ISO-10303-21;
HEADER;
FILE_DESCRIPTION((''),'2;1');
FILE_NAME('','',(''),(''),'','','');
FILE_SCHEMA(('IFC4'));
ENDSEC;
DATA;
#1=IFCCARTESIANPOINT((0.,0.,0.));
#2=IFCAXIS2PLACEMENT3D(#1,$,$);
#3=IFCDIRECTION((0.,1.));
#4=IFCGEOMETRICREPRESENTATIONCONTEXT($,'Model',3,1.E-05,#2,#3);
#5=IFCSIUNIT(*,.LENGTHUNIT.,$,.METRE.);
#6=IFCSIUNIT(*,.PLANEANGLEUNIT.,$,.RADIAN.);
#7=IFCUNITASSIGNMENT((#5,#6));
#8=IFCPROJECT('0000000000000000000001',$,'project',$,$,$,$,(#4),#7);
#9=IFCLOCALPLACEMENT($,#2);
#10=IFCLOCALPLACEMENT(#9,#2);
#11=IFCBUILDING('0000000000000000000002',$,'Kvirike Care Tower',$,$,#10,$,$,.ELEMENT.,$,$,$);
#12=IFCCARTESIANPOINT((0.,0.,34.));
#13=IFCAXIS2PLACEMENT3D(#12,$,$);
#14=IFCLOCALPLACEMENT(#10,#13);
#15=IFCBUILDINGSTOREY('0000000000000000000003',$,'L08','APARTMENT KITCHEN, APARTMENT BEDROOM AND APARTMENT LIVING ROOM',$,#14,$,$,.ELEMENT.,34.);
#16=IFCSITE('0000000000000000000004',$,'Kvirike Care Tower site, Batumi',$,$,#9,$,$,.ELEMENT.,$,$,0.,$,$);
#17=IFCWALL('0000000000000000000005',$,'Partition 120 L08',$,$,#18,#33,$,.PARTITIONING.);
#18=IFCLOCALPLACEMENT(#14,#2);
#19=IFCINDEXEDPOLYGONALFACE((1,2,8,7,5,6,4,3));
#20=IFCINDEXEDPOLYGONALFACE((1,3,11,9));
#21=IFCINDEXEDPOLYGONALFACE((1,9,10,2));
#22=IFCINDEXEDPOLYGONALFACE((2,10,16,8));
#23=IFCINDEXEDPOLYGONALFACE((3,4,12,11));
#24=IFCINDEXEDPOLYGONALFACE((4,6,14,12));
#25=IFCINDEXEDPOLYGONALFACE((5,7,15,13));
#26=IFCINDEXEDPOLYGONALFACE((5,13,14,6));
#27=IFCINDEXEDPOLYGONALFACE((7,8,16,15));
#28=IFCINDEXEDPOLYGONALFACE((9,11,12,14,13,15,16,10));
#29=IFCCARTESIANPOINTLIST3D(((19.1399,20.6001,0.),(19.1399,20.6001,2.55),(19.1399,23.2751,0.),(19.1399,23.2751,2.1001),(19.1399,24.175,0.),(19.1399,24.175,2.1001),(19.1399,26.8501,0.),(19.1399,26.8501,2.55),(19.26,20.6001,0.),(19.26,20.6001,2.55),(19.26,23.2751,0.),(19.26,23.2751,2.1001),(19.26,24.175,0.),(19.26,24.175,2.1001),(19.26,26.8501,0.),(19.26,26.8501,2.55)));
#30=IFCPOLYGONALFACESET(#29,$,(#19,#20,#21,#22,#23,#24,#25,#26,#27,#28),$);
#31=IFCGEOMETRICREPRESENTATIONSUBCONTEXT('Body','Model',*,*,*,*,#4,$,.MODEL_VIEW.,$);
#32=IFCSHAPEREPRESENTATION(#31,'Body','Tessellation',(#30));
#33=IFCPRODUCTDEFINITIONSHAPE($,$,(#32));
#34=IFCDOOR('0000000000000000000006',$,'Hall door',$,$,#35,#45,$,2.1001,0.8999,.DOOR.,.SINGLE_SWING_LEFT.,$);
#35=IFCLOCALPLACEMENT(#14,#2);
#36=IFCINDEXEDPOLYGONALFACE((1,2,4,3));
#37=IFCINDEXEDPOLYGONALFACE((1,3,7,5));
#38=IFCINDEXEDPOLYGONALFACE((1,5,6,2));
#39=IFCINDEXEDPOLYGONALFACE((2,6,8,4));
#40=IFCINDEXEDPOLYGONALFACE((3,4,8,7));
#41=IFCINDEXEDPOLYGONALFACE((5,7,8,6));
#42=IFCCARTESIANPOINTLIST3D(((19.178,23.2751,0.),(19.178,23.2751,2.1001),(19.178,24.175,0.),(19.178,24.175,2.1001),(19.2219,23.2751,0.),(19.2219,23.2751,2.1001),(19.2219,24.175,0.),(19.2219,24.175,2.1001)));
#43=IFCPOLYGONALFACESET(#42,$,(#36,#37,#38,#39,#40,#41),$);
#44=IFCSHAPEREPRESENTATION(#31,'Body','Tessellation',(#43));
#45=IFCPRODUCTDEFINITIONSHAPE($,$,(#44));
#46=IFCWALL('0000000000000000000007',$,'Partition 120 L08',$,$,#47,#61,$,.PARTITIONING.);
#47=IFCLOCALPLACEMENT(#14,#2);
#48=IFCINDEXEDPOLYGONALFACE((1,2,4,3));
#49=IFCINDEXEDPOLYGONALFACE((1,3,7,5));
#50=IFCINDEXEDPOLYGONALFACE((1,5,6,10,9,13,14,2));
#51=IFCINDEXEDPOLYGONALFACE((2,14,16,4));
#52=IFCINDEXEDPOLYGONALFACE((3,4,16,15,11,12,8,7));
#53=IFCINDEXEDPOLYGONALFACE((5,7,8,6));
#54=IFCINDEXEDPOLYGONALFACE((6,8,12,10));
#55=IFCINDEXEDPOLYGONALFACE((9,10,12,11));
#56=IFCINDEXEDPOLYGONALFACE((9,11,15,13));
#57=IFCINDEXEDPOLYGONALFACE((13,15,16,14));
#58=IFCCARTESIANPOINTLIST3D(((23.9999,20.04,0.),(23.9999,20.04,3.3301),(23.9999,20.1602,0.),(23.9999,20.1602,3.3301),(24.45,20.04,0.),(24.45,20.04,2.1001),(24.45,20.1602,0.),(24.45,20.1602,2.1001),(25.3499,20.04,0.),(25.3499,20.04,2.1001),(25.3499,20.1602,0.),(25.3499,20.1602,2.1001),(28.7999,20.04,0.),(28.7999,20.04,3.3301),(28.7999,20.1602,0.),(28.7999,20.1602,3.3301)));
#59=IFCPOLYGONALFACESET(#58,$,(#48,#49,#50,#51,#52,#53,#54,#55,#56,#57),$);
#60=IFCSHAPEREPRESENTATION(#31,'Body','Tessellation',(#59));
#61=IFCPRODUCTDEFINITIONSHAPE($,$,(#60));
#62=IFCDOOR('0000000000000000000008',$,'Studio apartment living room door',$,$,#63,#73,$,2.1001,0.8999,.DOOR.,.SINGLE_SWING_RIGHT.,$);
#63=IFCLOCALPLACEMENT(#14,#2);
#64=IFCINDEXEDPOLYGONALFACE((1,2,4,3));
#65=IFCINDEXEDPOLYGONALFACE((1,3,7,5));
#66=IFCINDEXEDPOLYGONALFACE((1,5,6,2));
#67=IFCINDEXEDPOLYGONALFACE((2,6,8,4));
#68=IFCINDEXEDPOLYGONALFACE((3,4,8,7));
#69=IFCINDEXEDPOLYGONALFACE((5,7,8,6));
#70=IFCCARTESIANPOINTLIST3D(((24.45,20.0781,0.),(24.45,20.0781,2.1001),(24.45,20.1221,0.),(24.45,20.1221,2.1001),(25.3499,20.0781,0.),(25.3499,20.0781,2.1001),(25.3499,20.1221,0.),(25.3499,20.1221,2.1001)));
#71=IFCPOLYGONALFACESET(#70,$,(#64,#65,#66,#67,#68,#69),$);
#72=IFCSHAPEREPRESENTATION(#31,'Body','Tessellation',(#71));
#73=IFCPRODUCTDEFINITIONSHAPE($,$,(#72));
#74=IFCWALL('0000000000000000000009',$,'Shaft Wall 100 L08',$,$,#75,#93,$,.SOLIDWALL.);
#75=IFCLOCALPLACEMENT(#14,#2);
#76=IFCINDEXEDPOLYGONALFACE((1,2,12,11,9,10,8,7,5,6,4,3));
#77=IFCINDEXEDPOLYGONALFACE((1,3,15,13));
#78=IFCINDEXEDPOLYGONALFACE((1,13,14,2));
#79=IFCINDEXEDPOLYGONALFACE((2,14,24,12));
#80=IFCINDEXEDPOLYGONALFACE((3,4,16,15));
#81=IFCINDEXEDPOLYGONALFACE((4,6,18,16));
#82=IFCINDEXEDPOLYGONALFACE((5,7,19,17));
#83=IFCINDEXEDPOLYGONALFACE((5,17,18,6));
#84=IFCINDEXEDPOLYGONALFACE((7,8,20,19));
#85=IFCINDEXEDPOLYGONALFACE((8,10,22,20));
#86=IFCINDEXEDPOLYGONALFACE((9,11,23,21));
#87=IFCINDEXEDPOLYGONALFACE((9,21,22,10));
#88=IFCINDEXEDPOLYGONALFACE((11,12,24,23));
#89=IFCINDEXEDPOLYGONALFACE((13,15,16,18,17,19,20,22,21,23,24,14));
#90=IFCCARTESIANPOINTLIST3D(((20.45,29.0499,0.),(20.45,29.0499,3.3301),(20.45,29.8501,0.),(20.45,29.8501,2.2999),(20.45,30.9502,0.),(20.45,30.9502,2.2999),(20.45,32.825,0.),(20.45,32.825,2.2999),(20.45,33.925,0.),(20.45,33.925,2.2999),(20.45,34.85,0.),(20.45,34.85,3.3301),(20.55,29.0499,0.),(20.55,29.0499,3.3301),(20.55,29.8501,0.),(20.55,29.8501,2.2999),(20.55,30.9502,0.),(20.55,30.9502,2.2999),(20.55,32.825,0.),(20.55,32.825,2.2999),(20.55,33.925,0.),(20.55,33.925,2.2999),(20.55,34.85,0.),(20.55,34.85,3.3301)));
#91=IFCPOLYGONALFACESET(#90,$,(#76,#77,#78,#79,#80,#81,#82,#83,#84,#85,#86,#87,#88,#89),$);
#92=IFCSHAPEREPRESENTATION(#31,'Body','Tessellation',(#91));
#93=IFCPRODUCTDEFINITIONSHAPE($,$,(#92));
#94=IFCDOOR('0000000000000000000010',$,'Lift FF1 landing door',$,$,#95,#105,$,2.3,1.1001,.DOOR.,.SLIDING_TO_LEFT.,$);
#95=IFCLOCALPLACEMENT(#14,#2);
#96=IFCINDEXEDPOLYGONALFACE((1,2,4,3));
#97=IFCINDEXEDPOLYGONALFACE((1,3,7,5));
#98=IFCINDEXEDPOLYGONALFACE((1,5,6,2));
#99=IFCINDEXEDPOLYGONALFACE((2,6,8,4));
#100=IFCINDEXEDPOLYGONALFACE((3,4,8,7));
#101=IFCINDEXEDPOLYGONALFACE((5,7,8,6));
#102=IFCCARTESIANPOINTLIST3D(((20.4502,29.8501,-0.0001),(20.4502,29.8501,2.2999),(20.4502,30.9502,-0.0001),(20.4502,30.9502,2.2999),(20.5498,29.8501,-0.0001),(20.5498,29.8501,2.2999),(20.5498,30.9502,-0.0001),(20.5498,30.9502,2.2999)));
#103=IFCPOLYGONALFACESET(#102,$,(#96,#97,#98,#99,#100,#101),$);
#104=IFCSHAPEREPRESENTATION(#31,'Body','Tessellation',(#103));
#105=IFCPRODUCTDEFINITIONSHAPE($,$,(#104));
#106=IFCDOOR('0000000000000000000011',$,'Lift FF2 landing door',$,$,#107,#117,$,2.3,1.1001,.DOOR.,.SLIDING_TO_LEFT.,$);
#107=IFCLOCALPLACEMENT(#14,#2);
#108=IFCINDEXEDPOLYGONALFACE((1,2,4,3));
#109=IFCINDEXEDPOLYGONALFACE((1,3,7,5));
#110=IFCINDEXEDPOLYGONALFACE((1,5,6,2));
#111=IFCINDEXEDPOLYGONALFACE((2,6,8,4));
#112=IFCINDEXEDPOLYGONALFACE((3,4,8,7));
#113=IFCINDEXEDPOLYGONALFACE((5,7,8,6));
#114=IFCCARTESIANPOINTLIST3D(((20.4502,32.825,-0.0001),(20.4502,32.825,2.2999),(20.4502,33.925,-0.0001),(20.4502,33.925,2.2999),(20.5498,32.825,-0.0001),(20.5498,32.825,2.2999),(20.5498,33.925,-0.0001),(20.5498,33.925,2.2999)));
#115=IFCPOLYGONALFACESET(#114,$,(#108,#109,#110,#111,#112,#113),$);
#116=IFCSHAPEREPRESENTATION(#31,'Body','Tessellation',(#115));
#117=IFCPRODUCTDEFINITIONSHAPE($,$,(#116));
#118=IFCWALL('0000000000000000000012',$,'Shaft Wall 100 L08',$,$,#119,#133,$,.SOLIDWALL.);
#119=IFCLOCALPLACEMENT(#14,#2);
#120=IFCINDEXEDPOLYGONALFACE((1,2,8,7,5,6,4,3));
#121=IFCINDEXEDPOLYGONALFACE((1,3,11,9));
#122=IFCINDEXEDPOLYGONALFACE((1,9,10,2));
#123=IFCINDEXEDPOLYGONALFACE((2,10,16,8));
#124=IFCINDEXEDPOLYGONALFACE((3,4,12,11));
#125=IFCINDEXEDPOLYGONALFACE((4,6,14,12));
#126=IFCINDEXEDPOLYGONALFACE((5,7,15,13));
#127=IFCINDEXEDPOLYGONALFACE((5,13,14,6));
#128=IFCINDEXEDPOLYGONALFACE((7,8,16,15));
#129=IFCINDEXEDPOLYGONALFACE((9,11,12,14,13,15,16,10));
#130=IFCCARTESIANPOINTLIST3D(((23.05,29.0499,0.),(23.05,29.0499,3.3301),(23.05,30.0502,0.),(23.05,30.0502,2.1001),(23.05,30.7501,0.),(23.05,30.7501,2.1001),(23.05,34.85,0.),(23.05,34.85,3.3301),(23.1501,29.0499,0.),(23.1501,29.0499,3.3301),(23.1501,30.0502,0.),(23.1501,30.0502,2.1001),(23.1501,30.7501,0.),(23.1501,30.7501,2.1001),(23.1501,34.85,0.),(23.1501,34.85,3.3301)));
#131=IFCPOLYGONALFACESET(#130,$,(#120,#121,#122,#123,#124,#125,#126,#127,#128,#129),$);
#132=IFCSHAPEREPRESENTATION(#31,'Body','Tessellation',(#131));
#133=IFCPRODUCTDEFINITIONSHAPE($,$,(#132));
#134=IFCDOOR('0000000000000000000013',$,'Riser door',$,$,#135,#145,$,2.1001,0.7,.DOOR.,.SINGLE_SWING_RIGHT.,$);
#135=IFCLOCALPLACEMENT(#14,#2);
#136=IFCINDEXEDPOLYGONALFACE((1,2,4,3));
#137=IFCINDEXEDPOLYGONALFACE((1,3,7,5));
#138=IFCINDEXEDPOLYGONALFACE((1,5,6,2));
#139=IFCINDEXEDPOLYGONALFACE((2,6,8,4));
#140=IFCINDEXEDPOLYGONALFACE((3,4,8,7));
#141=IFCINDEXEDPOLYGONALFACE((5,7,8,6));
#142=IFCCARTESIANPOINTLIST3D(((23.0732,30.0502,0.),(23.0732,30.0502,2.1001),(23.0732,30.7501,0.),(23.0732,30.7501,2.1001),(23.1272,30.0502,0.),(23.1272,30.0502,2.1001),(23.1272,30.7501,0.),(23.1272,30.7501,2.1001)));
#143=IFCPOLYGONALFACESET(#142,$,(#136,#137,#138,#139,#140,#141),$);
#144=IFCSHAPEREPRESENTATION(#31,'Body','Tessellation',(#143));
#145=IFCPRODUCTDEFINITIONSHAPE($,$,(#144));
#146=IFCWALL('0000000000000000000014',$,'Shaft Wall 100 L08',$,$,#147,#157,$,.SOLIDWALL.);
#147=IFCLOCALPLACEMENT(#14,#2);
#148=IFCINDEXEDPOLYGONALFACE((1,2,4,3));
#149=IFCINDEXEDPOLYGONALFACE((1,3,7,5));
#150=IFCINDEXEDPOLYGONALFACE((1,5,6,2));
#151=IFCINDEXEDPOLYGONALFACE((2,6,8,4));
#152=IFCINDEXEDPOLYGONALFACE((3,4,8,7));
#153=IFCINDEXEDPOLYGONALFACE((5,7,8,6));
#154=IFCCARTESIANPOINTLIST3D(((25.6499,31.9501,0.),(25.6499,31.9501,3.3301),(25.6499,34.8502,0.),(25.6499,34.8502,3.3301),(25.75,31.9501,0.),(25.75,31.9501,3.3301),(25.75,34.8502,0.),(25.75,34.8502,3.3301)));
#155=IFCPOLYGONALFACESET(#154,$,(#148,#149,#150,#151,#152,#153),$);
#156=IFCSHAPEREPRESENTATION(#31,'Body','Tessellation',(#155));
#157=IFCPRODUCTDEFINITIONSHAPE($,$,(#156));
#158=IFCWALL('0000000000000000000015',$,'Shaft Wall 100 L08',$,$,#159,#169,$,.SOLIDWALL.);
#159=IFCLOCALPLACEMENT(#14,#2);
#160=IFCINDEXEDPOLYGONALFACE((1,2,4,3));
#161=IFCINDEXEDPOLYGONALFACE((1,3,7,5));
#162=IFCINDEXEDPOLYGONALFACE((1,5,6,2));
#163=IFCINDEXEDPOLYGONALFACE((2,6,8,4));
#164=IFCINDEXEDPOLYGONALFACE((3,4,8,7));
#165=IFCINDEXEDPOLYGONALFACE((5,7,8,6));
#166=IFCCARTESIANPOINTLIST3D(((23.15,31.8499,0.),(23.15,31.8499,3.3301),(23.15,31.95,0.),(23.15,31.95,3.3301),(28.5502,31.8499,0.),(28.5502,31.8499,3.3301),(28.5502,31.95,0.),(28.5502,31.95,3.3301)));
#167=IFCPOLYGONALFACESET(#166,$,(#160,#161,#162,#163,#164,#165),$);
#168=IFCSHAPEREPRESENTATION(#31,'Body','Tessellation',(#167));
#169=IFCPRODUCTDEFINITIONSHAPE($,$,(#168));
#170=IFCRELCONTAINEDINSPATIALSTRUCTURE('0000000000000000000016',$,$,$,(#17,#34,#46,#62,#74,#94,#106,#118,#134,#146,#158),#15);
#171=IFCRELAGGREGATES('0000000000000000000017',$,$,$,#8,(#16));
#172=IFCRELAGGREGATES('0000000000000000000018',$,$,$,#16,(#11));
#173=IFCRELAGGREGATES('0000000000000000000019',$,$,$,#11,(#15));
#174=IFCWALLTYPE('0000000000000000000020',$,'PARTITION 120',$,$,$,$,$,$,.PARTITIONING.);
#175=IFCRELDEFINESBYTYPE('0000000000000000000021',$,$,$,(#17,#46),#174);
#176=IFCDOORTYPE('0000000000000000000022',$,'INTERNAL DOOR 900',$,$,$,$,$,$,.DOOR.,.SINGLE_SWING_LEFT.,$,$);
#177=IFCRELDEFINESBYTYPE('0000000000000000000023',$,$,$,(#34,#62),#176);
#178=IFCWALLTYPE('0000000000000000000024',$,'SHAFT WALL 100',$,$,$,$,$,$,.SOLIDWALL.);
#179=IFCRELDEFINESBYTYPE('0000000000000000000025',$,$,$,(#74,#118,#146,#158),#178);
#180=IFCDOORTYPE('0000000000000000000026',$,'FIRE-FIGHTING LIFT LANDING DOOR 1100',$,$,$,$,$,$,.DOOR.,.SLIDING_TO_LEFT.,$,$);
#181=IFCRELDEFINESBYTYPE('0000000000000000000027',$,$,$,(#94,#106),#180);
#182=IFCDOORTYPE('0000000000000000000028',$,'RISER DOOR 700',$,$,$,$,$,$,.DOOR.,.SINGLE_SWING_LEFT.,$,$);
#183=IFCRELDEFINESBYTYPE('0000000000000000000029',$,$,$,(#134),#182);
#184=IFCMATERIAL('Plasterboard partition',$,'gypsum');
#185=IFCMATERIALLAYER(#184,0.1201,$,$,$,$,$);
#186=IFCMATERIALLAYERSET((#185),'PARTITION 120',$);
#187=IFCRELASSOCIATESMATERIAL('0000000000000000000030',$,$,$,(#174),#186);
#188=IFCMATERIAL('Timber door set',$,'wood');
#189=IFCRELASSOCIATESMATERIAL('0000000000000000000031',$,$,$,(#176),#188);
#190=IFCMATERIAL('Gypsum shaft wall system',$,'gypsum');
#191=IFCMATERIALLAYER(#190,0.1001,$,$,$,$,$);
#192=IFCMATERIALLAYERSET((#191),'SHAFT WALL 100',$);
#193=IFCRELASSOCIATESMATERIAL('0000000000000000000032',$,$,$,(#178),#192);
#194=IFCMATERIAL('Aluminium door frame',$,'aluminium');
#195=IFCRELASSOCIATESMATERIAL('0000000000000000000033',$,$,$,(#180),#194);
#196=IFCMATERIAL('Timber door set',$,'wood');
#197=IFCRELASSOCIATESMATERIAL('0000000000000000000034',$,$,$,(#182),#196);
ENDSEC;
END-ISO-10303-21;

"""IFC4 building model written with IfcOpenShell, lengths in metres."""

from ifc_helpers import new_model, si_unit, direction, frame, frame_2d, origin, place, context, subcontext, project, spatial, rectangle, extrude, material, layer, layer_set, type_object, element, fill, save


model = new_model("IFC4")

# Units and contexts
model_context = context("Model", 3, precision=1e-05, world=origin(), true_north=direction((0.0, 1.0)))
body_context = subcontext(model_context, "Body", "Model", "MODEL_VIEW")
ifc_project = project(units=[si_unit("LENGTHUNIT", "METRE"), si_unit("PLANEANGLEUNIT", "RADIAN")], contexts=[model_context])

# Site, building, storey
site_placement = place(None, origin())
site = spatial("IfcSite", under=ifc_project, at=site_placement, Name="Kvirike Care Tower site, Batumi", CompositionType="ELEMENT", RefElevation=0.0)
building_placement = place(site_placement, origin())
building = spatial("IfcBuilding", under=site, at=building_placement, Name="Kvirike Care Tower", CompositionType="ELEMENT")
storey_placement = place(building_placement, frame((0.0, 0.0, 34.0)))
storey = spatial("IfcBuildingStorey", under=building, at=storey_placement, Name="L08", Description="APARTMENT KITCHEN, APARTMENT BEDROOM AND APARTMENT LIVING ROOM", CompositionType="ELEMENT", Elevation=34.0)

# Walls, openings, doors
ifc_material_1 = material(Name="Plasterboard partition", Category="gypsum")
ifc_layer_1 = layer(ifc_material_1, 0.1201)
ifc_layer_set_1 = layer_set([ifc_layer_1], Name="PARTITION 120")
wall_type_1 = type_object("IfcWallType", Name="PARTITION 120", PredefinedType="PARTITIONING", material=ifc_layer_set_1)
wall_1_placement = place(storey_placement, frame((19.2, 20.6001, 0.0), z_axis=(0.0, 0.0, 1.0), x_axis=(0.0, 1.0, 0.0)))
wall_1 = element("IfcWall", 1, at=wall_1_placement, inside=storey, type_object=wall_type_1, Name="Partition 120 L08", PredefinedType="PARTITIONING", context=body_context, shape_type="SweptSolid", body=[
    extrude(rectangle(XDim=6.25, YDim=0.1201, at=frame_2d((3.125, 0.0))), origin(), (0.0, 0.0, 1.0), 2.55),
])
opening_1_placement = place(wall_1_placement, frame((2.675, 0.0, 0.0)))
opening_1 = element("IfcOpeningElement", 2, at=opening_1_placement, cuts=wall_1, PredefinedType="OPENING", context=body_context, shape_type="SweptSolid", body=[
    extrude(rectangle(XDim=0.8999, YDim=2.1001, at=frame_2d((0.45, 1.05))), frame((0.0, 0.0706, 0.0), z_axis=(0.0, -1.0, 0.0), x_axis=(1.0, 0.0, 0.0)), (0.0, 0.0, 1.0), 0.1411),
])
ifc_material_2 = material(Name="Timber door set", Category="wood")
door_type_1 = type_object("IfcDoorType", Name="INTERNAL DOOR 900", OperationType="SINGLE_SWING_LEFT", PredefinedType="DOOR", material=ifc_material_2)
door_1_placement = place(opening_1_placement, origin())
door_1 = element("IfcDoor", 3, at=door_1_placement, inside=storey, type_object=door_type_1, Name="Hall door", OperationType="SINGLE_SWING_LEFT", OverallHeight=2.1001, OverallWidth=0.8999, PredefinedType="DOOR", context=body_context, shape_type="SweptSolid", body=[
    extrude(rectangle(XDim=0.8999, YDim=2.1001, at=frame_2d((0.45, 1.05))), frame((0.0, 0.022, 0.0), z_axis=(0.0, -1.0, 0.0), x_axis=(1.0, 0.0, 0.0)), (0.0, 0.0, 1.0), 0.0439),
])
fill(opening_1, door_1)
wall_2_placement = place(storey_placement, frame((24.0, 20.1001, 0.0), z_axis=(0.0, 0.0, 1.0), x_axis=(1.0, 0.0, 0.0)))
wall_2 = element("IfcWall", 4, at=wall_2_placement, inside=storey, type_object=wall_type_1, Name="Partition 120 L08", PredefinedType="PARTITIONING", context=body_context, shape_type="SweptSolid", body=[
    extrude(rectangle(XDim=4.8, YDim=0.1201, at=frame_2d((2.3999, 0.0))), origin(), (0.0, 0.0, 1.0), 3.3301),
])
opening_2_placement = place(wall_2_placement, frame((0.45, 0.0, 0.0)))
opening_2 = element("IfcOpeningElement", 5, at=opening_2_placement, cuts=wall_2, PredefinedType="OPENING", context=body_context, shape_type="SweptSolid", body=[
    extrude(rectangle(XDim=0.8999, YDim=2.1001, at=frame_2d((0.45, 1.05))), frame((0.0, 0.0706, 0.0), z_axis=(0.0, -1.0, 0.0), x_axis=(1.0, 0.0, 0.0)), (0.0, 0.0, 1.0), 0.1411),
])
door_2_placement = place(opening_2_placement, origin())
door_2 = element("IfcDoor", 6, at=door_2_placement, inside=storey, type_object=door_type_1, Name="Studio apartment living room door", OperationType="SINGLE_SWING_RIGHT", OverallHeight=2.1001, OverallWidth=0.8999, PredefinedType="DOOR", context=body_context, shape_type="SweptSolid", body=[
    extrude(rectangle(XDim=0.8999, YDim=2.1001, at=frame_2d((0.45, 1.05))), frame((0.0, 0.022, 0.0), z_axis=(0.0, -1.0, 0.0), x_axis=(1.0, 0.0, 0.0)), (0.0, 0.0, 1.0), 0.0439),
])
fill(opening_2, door_2)

# Wall, openings, doors
ifc_material_3 = material(Name="Gypsum shaft wall system", Category="gypsum")
ifc_layer_2 = layer(ifc_material_3, 0.1001)
ifc_layer_set_2 = layer_set([ifc_layer_2], Name="SHAFT WALL 100")
wall_type_2 = type_object("IfcWallType", Name="SHAFT WALL 100", PredefinedType="SOLIDWALL", material=ifc_layer_set_2)
wall_3_placement = place(storey_placement, frame((20.5, 29.05, 0.0), z_axis=(0.0, 0.0, 1.0), x_axis=(0.0, 1.0, 0.0)))
wall_3 = element("IfcWall", 7, at=wall_3_placement, inside=storey, type_object=wall_type_2, Name="Shaft Wall 100 L08", PredefinedType="SOLIDWALL", context=body_context, shape_type="SweptSolid", body=[
    extrude(rectangle(XDim=5.8, YDim=0.1001, at=frame_2d((2.8999, 0.0))), origin(), (0.0, 0.0, 1.0), 3.3301),
])
opening_3_placement = place(wall_3_placement, frame((0.8, 0.0, 0.0)))
opening_3 = element("IfcOpeningElement", 8, at=opening_3_placement, cuts=wall_3, PredefinedType="OPENING", context=body_context, shape_type="SweptSolid", body=[
    extrude(rectangle(XDim=1.1001, YDim=2.3, at=frame_2d((0.55, 1.1499))), frame((0.0, 0.0605, 0.0), z_axis=(0.0, -1.0, 0.0), x_axis=(1.0, 0.0, 0.0)), (0.0, 0.0, 1.0), 0.1211),
])
opening_4_placement = place(wall_3_placement, frame((3.7749, 0.0, 0.0)))
opening_4 = element("IfcOpeningElement", 9, at=opening_4_placement, cuts=wall_3, PredefinedType="OPENING", context=body_context, shape_type="SweptSolid", body=[
    extrude(rectangle(XDim=1.1001, YDim=2.3, at=frame_2d((0.55, 1.1499))), frame((0.0, 0.0605, 0.0), z_axis=(0.0, -1.0, 0.0), x_axis=(1.0, 0.0, 0.0)), (0.0, 0.0, 1.0), 0.1211),
])
ifc_material_4 = material(Name="Aluminium door frame", Category="aluminium")
door_type_2 = type_object("IfcDoorType", Name="FIRE-FIGHTING LIFT LANDING DOOR 1100", OperationType="SLIDING_TO_LEFT", PredefinedType="DOOR", material=ifc_material_4)
door_3_placement = place(opening_3_placement, origin())
door_3 = element("IfcDoor", 10, at=door_3_placement, inside=storey, type_object=door_type_2, Name="Lift FF1 landing door", OperationType="SLIDING_TO_LEFT", OverallHeight=2.3, OverallWidth=1.1001, PredefinedType="DOOR", context=body_context, shape_type="SweptSolid", body=[
    extrude(rectangle(XDim=1.1001, YDim=2.3, at=frame_2d((0.55, 1.1499))), frame((0.0, 0.0498, 0.0), z_axis=(0.0, -1.0, 0.0), x_axis=(1.0, 0.0, 0.0)), (0.0, 0.0, 1.0), 0.0996),
])
fill(opening_3, door_3)
door_4_placement = place(opening_4_placement, origin())
door_4 = element("IfcDoor", 11, at=door_4_placement, inside=storey, type_object=door_type_2, Name="Lift FF2 landing door", OperationType="SLIDING_TO_LEFT", OverallHeight=2.3, OverallWidth=1.1001, PredefinedType="DOOR", context=body_context, shape_type="SweptSolid", body=[
    extrude(rectangle(XDim=1.1001, YDim=2.3, at=frame_2d((0.55, 1.1499))), frame((0.0, 0.0498, 0.0), z_axis=(0.0, -1.0, 0.0), x_axis=(1.0, 0.0, 0.0)), (0.0, 0.0, 1.0), 0.0996),
])
fill(opening_4, door_4)

# Wall, opening, door
wall_4_placement = place(storey_placement, frame((23.1001, 29.05, 0.0), z_axis=(0.0, 0.0, 1.0), x_axis=(0.0, 1.0, 0.0)))
wall_4 = element("IfcWall", 12, at=wall_4_placement, inside=storey, type_object=wall_type_2, Name="Shaft Wall 100 L08", PredefinedType="SOLIDWALL", context=body_context, shape_type="SweptSolid", body=[
    extrude(rectangle(XDim=5.8, YDim=0.1001, at=frame_2d((2.8999, 0.0))), origin(), (0.0, 0.0, 1.0), 3.3301),
])
opening_5_placement = place(wall_4_placement, frame((1.0, 0.0, 0.0)))
opening_5 = element("IfcOpeningElement", 13, at=opening_5_placement, cuts=wall_4, PredefinedType="OPENING", context=body_context, shape_type="SweptSolid", body=[
    extrude(rectangle(XDim=0.7, YDim=2.1001, at=frame_2d((0.3501, 1.05))), frame((0.0, 0.0605, 0.0), z_axis=(0.0, -1.0, 0.0), x_axis=(1.0, 0.0, 0.0)), (0.0, 0.0, 1.0), 0.1211),
])
ifc_material_5 = material(Name="Timber door set", Category="wood")
door_type_3 = type_object("IfcDoorType", Name="RISER DOOR 700", OperationType="SINGLE_SWING_LEFT", PredefinedType="DOOR", material=ifc_material_5)
door_5_placement = place(opening_5_placement, origin())
door_5 = element("IfcDoor", 14, at=door_5_placement, inside=storey, type_object=door_type_3, Name="Riser door", OperationType="SINGLE_SWING_RIGHT", OverallHeight=2.1001, OverallWidth=0.7, PredefinedType="DOOR", context=body_context, shape_type="SweptSolid", body=[
    extrude(rectangle(XDim=0.7, YDim=2.1001, at=frame_2d((0.3501, 1.05))), frame((0.0, 0.0269, 0.0), z_axis=(0.0, -1.0, 0.0), x_axis=(1.0, 0.0, 0.0)), (0.0, 0.0, 1.0), 0.054),
])
fill(opening_5, door_5)

# Walls
wall_5_placement = place(storey_placement, frame((25.7, 31.95, 0.0), z_axis=(0.0, 0.0, 1.0), x_axis=(0.0, 1.0, 0.0)))
element("IfcWall", 15, at=wall_5_placement, inside=storey, type_object=wall_type_2, Name="Shaft Wall 100 L08", PredefinedType="SOLIDWALL", context=body_context, shape_type="SweptSolid", body=[
    extrude(rectangle(XDim=2.9001, YDim=0.1001, at=frame_2d((1.4502, 0.0))), origin(), (0.0, 0.0, 1.0), 3.3301),
])
wall_6_placement = place(storey_placement, frame((23.1499, 31.8999, 0.0), z_axis=(0.0, 0.0, 1.0), x_axis=(1.0, 0.0, 0.0)))
element("IfcWall", 16, at=wall_6_placement, inside=storey, type_object=wall_type_2, Name="Shaft Wall 100 L08", PredefinedType="SOLIDWALL", context=body_context, shape_type="SweptSolid", body=[
    extrude(rectangle(XDim=5.4001, YDim=0.1001, at=frame_2d((2.7002, 0.0))), origin(), (0.0, 0.0, 1.0), 3.3301),
])

save(model, "model.ifc")
